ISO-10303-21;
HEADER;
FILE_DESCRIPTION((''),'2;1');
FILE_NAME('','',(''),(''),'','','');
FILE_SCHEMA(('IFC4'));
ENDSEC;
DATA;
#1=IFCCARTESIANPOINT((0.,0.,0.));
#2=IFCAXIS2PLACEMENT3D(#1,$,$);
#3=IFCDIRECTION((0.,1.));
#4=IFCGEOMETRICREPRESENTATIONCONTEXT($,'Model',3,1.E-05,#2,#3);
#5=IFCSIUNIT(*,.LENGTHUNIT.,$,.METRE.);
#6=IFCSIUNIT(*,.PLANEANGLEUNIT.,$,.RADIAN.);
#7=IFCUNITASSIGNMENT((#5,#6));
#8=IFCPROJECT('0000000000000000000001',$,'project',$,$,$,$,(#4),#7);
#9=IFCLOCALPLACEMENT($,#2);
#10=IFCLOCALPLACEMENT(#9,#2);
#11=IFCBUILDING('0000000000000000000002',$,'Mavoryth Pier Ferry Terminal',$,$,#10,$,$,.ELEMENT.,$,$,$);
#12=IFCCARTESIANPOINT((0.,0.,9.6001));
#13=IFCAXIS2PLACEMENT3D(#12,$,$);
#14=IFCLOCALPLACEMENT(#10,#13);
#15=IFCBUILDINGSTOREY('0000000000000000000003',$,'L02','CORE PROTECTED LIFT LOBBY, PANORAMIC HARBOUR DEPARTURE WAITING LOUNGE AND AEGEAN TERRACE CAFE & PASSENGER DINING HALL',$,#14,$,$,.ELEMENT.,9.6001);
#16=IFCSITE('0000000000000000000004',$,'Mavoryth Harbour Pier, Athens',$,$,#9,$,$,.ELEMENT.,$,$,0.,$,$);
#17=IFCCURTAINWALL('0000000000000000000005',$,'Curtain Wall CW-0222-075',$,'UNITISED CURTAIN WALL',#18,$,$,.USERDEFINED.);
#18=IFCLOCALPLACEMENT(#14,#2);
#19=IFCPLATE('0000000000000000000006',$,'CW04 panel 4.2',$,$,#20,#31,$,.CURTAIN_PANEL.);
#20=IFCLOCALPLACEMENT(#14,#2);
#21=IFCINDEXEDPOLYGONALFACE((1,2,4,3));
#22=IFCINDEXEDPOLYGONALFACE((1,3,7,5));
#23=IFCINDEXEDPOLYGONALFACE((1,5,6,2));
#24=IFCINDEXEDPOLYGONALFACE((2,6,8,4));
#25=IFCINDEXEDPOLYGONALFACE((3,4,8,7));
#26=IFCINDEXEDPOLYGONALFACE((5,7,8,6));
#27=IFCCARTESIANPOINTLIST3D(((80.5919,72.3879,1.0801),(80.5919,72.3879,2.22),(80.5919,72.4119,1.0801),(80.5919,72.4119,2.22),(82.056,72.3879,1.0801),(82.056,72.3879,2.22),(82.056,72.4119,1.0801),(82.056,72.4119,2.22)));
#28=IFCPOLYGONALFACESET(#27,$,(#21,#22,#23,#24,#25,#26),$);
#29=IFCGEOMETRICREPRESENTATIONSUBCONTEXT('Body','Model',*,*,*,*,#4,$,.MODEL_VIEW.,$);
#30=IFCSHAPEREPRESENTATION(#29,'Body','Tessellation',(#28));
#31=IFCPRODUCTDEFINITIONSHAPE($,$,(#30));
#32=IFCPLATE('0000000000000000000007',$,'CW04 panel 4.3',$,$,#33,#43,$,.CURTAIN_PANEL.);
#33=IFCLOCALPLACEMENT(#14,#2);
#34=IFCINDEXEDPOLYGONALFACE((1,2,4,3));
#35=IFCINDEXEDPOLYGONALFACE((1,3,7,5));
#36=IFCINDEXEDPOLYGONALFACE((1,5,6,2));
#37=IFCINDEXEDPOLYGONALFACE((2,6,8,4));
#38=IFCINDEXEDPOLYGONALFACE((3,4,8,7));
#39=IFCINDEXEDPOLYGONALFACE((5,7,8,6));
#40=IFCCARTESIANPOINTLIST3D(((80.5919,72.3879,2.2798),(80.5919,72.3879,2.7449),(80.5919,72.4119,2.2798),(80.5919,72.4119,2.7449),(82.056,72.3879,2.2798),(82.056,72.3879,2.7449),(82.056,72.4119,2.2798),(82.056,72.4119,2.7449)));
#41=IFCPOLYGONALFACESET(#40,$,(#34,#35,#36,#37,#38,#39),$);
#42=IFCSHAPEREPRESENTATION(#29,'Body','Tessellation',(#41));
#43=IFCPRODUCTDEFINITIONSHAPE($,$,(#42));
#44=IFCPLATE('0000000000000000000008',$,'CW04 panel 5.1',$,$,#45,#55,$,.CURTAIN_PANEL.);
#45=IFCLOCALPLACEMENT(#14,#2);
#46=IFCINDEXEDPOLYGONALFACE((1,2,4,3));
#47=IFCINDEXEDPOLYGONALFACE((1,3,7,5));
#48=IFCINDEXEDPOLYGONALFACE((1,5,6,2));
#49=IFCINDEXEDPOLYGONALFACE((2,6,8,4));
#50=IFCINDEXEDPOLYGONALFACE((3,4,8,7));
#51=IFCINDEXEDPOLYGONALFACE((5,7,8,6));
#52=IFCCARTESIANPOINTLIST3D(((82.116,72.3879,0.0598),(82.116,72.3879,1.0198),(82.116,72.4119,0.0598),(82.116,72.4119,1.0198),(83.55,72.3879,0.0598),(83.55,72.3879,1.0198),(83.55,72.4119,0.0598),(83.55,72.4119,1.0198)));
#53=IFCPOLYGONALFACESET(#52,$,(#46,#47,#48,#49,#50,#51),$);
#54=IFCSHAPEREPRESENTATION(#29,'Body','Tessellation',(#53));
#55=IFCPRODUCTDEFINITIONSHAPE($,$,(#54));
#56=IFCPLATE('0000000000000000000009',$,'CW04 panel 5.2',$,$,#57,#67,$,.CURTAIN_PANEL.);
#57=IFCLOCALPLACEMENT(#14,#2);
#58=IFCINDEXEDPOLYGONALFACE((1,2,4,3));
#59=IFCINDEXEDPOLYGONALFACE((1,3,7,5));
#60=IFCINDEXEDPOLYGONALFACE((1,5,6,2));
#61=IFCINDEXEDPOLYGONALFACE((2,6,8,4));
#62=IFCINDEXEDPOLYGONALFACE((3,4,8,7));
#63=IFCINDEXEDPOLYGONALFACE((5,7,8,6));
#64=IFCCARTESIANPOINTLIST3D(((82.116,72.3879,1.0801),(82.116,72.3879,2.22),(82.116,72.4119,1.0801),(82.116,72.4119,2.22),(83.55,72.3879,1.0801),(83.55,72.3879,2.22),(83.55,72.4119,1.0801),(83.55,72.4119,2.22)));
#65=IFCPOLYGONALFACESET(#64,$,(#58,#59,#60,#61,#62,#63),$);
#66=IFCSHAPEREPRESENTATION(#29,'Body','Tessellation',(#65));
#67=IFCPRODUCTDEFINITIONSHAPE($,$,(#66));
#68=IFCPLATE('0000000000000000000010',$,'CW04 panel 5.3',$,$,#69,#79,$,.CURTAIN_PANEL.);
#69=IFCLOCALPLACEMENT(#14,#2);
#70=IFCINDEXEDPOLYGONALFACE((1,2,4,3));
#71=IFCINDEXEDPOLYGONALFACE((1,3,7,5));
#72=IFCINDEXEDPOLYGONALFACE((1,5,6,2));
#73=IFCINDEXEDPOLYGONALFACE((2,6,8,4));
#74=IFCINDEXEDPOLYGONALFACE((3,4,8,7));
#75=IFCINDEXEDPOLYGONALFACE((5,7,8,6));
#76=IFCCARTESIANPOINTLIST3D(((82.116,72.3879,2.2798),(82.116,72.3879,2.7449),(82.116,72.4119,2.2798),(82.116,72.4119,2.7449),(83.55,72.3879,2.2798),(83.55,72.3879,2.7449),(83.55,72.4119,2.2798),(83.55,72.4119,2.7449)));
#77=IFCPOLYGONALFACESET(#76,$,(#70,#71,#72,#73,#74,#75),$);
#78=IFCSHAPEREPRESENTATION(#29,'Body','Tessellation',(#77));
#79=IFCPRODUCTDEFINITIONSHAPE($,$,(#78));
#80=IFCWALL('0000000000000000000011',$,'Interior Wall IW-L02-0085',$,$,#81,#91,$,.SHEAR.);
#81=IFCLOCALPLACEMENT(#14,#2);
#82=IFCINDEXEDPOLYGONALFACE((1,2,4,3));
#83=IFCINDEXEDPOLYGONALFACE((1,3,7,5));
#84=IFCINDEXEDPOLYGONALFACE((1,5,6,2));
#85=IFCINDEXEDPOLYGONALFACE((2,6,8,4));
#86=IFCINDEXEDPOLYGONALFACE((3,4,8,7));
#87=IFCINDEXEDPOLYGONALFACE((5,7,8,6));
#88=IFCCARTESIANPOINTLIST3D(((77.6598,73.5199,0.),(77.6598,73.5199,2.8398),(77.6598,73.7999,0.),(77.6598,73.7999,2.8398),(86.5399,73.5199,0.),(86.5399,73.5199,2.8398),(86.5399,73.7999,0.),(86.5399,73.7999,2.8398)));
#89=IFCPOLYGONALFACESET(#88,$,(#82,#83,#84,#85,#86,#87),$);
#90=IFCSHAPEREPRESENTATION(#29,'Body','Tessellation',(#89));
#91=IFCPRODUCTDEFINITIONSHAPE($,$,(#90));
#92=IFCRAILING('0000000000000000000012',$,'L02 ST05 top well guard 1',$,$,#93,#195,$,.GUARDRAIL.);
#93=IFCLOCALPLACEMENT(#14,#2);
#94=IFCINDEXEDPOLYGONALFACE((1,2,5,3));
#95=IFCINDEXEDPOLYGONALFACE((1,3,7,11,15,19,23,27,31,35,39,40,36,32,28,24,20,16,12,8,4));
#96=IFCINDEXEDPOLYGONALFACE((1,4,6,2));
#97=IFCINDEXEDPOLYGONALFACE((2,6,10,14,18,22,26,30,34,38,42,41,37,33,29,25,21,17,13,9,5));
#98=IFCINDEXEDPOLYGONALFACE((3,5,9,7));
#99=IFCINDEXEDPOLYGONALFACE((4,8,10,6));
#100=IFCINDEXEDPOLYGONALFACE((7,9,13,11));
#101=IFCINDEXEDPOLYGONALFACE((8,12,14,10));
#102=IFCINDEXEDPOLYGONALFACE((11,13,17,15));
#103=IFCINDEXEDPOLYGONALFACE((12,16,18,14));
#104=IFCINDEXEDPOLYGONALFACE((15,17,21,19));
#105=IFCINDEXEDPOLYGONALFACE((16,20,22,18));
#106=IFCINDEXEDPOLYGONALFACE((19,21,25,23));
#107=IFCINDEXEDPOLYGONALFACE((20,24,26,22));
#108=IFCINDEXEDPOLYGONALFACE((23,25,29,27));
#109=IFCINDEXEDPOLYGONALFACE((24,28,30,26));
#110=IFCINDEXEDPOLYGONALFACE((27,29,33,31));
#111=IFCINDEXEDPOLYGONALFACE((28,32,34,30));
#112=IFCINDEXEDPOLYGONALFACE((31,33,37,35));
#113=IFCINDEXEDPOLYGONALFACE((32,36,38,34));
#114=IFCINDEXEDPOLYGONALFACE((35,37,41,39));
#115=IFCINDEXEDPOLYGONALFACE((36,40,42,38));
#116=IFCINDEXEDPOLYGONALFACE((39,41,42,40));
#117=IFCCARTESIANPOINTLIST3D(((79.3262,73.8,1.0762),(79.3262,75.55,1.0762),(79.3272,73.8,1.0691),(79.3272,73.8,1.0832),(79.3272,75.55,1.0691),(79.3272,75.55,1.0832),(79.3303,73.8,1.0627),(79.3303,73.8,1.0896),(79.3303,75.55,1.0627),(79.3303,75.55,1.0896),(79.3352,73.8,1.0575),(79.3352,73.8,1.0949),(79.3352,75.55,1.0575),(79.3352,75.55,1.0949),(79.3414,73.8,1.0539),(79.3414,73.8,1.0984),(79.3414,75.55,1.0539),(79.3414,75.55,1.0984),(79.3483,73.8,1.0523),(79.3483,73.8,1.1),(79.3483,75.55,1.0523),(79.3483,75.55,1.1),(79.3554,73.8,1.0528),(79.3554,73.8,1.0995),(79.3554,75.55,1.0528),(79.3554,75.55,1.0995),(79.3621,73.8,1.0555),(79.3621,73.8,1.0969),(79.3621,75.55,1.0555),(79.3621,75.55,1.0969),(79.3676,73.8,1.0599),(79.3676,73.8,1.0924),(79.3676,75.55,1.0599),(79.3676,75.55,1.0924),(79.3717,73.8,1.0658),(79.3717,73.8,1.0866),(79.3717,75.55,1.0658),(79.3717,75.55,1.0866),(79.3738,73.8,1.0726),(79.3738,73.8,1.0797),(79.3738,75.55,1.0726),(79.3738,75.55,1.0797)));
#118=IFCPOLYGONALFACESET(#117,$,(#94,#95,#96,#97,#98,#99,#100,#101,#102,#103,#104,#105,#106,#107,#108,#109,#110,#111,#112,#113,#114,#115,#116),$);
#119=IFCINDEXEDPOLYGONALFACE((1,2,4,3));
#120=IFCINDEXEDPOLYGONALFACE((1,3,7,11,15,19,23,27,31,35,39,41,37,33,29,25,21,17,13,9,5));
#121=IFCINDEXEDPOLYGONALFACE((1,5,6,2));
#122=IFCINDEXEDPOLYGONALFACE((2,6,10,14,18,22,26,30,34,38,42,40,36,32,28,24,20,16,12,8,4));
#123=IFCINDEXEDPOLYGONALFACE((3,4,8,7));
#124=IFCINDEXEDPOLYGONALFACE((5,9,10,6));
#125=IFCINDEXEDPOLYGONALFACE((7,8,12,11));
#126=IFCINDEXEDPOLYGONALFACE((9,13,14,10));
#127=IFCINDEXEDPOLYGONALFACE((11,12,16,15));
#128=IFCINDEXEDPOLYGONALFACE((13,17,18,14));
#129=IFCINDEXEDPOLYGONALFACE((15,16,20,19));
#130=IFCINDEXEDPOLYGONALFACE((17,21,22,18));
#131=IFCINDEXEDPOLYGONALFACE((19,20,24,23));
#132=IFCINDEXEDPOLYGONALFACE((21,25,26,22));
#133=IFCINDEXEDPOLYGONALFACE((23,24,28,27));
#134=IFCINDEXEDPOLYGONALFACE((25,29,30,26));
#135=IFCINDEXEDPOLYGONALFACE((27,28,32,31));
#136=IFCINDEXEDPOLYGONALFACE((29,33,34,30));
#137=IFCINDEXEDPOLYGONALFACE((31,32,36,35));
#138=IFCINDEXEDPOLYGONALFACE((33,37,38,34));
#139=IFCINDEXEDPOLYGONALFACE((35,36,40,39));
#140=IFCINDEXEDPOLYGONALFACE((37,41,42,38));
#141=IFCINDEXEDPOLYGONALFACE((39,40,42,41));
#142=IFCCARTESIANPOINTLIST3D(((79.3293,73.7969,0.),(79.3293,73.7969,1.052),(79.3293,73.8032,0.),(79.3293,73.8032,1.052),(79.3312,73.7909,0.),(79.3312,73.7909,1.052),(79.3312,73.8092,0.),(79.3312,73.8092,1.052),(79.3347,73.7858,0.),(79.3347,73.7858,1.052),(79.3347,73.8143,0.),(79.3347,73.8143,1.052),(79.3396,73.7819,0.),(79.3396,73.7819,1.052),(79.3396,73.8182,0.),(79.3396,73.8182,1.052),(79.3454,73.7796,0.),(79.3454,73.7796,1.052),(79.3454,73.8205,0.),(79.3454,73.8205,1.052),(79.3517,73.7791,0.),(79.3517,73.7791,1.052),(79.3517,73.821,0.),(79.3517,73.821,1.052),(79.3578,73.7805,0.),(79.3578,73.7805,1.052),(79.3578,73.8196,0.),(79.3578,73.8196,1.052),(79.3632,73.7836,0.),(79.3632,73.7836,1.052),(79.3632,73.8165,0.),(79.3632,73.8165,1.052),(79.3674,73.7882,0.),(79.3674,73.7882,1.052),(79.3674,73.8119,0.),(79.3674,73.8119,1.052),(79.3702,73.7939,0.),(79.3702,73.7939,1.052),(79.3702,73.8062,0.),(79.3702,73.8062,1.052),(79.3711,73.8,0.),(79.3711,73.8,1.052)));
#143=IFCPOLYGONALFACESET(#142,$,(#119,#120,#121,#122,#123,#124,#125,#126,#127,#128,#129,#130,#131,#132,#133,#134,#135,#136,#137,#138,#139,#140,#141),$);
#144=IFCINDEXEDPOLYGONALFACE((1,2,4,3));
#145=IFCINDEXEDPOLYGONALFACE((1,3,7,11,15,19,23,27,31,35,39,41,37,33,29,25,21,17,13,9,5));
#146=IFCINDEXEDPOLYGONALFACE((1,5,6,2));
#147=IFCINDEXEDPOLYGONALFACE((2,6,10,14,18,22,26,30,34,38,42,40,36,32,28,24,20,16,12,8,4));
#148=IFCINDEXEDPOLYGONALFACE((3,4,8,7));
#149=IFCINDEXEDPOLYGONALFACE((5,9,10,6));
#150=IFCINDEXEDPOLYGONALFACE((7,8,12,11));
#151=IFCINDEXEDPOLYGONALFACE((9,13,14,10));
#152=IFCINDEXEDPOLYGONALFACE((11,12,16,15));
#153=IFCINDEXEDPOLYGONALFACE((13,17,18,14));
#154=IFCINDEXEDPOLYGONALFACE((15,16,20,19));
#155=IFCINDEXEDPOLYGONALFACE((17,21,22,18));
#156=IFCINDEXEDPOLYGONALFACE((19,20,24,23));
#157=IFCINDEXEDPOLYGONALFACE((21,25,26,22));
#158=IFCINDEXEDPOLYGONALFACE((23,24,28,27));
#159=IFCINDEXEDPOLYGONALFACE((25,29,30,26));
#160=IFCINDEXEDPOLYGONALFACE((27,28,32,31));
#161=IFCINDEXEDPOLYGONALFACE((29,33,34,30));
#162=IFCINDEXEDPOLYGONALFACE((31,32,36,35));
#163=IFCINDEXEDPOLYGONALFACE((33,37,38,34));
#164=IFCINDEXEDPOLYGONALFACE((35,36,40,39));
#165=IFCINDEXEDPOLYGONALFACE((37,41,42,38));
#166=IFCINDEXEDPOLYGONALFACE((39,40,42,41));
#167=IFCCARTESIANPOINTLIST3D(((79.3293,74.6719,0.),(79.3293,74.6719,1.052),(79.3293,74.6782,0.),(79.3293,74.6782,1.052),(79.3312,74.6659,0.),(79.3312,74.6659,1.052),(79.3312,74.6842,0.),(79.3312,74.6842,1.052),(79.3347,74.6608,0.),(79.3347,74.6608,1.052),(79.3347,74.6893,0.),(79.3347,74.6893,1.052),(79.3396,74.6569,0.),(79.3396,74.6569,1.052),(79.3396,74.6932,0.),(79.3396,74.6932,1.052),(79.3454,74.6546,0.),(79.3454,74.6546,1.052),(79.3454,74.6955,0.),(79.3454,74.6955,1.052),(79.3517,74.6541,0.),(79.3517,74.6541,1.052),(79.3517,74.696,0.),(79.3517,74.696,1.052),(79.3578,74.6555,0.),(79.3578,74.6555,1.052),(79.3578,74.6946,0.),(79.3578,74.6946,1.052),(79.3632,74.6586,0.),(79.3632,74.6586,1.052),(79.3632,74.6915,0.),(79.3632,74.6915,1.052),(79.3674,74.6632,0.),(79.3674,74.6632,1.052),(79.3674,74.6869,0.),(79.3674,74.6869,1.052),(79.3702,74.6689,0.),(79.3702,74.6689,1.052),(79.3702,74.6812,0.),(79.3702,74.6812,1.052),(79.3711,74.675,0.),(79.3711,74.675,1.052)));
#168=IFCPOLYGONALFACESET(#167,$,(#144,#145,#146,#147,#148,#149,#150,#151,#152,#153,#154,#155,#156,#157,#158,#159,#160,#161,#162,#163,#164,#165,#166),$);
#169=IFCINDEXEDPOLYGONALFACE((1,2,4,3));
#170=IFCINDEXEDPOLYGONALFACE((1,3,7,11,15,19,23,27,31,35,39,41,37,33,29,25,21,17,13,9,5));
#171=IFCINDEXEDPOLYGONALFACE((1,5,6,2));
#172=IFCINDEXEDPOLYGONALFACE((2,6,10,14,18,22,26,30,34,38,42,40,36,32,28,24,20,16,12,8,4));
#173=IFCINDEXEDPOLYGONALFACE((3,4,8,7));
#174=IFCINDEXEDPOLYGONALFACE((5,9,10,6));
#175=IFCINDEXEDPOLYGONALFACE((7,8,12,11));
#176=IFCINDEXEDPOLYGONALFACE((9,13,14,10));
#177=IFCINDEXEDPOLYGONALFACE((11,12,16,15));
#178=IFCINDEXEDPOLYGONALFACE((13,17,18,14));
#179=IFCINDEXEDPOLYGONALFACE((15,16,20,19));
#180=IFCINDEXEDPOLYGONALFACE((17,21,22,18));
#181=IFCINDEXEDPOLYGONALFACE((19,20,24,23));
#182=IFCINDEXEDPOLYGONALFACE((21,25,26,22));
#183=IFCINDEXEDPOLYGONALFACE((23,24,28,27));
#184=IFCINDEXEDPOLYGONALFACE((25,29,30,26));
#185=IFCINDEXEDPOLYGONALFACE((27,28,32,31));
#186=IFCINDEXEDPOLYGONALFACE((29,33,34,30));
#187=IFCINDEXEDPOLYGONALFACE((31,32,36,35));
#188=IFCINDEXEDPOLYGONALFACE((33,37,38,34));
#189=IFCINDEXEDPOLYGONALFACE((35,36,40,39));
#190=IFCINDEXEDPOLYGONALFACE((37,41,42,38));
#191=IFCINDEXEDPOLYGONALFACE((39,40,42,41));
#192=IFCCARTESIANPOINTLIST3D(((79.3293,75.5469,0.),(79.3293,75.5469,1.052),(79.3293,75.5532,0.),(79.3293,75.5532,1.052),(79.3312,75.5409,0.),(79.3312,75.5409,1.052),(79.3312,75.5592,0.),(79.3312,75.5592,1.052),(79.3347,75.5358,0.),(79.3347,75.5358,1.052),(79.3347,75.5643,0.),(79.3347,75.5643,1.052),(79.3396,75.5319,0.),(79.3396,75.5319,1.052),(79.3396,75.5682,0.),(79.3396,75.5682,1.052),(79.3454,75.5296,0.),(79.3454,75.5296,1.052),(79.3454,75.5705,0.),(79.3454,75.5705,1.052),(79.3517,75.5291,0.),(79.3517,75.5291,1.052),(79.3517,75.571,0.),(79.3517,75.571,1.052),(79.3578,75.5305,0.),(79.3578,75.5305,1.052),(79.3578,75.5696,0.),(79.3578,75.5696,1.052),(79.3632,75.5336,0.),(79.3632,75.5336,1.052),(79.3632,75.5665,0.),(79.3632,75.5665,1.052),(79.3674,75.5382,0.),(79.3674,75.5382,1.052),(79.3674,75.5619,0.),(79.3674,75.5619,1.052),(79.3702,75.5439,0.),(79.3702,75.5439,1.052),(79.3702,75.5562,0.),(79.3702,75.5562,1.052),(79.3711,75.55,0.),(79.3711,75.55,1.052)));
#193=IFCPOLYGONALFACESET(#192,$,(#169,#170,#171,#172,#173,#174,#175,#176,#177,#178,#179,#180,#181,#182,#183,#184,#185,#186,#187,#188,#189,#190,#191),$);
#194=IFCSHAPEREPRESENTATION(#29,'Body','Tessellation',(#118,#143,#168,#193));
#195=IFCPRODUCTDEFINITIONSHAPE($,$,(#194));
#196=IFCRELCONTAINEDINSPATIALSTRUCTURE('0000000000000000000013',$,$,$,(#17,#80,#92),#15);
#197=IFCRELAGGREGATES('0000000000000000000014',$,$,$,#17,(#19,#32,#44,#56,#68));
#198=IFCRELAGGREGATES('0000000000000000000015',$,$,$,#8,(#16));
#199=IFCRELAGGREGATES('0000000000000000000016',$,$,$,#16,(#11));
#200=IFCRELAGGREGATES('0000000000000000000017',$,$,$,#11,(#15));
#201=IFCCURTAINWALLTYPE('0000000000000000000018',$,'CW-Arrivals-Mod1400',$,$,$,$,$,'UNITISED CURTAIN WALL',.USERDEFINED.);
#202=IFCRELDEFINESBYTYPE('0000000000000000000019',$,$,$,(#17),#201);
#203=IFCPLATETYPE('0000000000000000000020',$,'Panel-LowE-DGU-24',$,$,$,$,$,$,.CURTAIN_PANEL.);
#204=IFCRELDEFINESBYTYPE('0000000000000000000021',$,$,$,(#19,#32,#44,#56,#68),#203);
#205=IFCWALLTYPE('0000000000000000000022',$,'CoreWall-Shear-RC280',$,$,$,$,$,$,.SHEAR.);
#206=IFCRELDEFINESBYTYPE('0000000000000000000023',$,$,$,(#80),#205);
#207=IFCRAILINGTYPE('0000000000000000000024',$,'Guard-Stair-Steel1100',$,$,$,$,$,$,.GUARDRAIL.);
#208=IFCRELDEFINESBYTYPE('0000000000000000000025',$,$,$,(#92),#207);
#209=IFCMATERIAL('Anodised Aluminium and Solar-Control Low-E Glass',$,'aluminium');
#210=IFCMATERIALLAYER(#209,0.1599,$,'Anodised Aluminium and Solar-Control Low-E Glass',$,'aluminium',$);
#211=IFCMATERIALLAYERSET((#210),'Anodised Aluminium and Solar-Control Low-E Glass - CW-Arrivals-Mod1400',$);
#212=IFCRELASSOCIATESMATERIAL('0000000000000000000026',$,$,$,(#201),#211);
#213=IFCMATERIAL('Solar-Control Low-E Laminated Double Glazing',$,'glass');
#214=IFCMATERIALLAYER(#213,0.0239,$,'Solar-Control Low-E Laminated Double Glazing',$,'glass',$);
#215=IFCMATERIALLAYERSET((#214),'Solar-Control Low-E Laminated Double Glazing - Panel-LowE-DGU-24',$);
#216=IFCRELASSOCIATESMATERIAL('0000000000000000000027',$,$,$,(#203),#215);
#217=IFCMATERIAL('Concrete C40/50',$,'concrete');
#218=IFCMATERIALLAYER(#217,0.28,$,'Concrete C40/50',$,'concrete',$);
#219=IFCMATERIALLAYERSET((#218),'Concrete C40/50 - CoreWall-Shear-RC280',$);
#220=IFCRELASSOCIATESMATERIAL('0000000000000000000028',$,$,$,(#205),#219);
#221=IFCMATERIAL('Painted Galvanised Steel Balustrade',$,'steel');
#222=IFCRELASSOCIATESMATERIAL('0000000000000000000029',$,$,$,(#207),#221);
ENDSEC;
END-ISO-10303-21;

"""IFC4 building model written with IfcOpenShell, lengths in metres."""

from ifc_helpers import new_model, si_unit, direction, frame, frame_2d, origin, origin_2d, place, context, subcontext, project, spatial, rectangle, circle, extrude, material, layer, layer_set, type_object, element, aggregate, save


model = new_model("IFC4")

# Units and contexts
model_context = context("Model", 3, precision=1e-05, world=origin(), true_north=direction((0.0, 1.0)))
body_context = subcontext(model_context, "Body", "Model", "MODEL_VIEW")
ifc_project = project(units=[si_unit("LENGTHUNIT", "METRE"), si_unit("PLANEANGLEUNIT", "RADIAN")], contexts=[model_context])

# Site, building, storey
site_placement = place(None, origin())
site = spatial("IfcSite", under=ifc_project, at=site_placement, Name="Mavoryth Harbour Pier, Athens", CompositionType="ELEMENT", RefElevation=0.0)
building_placement = place(site_placement, origin())
building = spatial("IfcBuilding", under=site, at=building_placement, Name="Mavoryth Pier Ferry Terminal", CompositionType="ELEMENT")
storey_placement = place(building_placement, frame((0.0, 0.0, 9.6001)))
storey = spatial("IfcBuildingStorey", under=building, at=storey_placement, Name="L02", Description="CORE PROTECTED LIFT LOBBY, PANORAMIC HARBOUR DEPARTURE WAITING LOUNGE AND AEGEAN TERRACE CAFE & PASSENGER DINING HALL", CompositionType="ELEMENT", Elevation=9.6001)

# Shared definitions
ifc_material_1 = material(Name="Concrete C40/50", Category="concrete")

# Curtain wall, plates
ifc_material_2 = material(Name="Anodised Aluminium and Solar-Control Low-E Glass", Category="aluminium")
ifc_layer_1 = layer(ifc_material_2, 0.1599, Name="Anodised Aluminium and Solar-Control Low-E Glass", Category="aluminium")
ifc_layer_set_1 = layer_set([ifc_layer_1], Name="Anodised Aluminium and Solar-Control Low-E Glass - CW-Arrivals-Mod1400")
curtain_wall_type = type_object("IfcCurtainWallType", Name="CW-Arrivals-Mod1400", ElementType="UNITISED CURTAIN WALL", PredefinedType="USERDEFINED", material=ifc_layer_set_1)
curtain_wall_placement = place(storey_placement, origin())
curtain_wall = element("IfcCurtainWall", 1, at=curtain_wall_placement, inside=storey, type_object=curtain_wall_type, Name="Curtain Wall CW-0222-075", ObjectType="UNITISED CURTAIN WALL", PredefinedType="USERDEFINED")
ifc_material_3 = material(Name="Solar-Control Low-E Laminated Double Glazing", Category="glass")
ifc_layer_2 = layer(ifc_material_3, 0.0239, Name="Solar-Control Low-E Laminated Double Glazing", Category="glass")
ifc_layer_set_2 = layer_set([ifc_layer_2], Name="Solar-Control Low-E Laminated Double Glazing - Panel-LowE-DGU-24")
plate_type = type_object("IfcPlateType", Name="Panel-LowE-DGU-24", PredefinedType="CURTAIN_PANEL", material=ifc_layer_set_2)
plate_1_placement = place(storey_placement, frame((81.324, 72.3999, 1.0801), z_axis=(0.0, 0.0, 1.0), x_axis=(1.0, 0.0, 0.0)))
plate_1 = element("IfcPlate", 2, at=plate_1_placement, type_object=plate_type, Name="CW04 panel 4.2", PredefinedType="CURTAIN_PANEL", context=body_context, shape_type="SweptSolid", body=[
    extrude(rectangle(XDim=1.4641, YDim=0.0239, at=origin_2d()), origin(), (0.0, 0.0, 1.0), 1.1399),
])
plate_2_placement = place(storey_placement, frame((81.324, 72.3999, 2.2798), z_axis=(0.0, 0.0, 1.0), x_axis=(1.0, 0.0, 0.0)))
plate_2 = element("IfcPlate", 3, at=plate_2_placement, type_object=plate_type, Name="CW04 panel 4.3", PredefinedType="CURTAIN_PANEL", context=body_context, shape_type="SweptSolid", body=[
    extrude(rectangle(XDim=1.4641, YDim=0.0239, at=origin_2d()), origin(), (0.0, 0.0, 1.0), 0.4651),
])
plate_3_placement = place(storey_placement, frame((82.833, 72.3999, 0.0598), z_axis=(0.0, 0.0, 1.0), x_axis=(1.0, 0.0, 0.0)))
plate_3 = element("IfcPlate", 4, at=plate_3_placement, type_object=plate_type, Name="CW04 panel 5.1", PredefinedType="CURTAIN_PANEL", context=body_context, shape_type="SweptSolid", body=[
    extrude(rectangle(XDim=1.4341, YDim=0.0239, at=origin_2d()), origin(), (0.0, 0.0, 1.0), 0.96),
])
plate_4_placement = place(storey_placement, frame((82.833, 72.3999, 1.0801), z_axis=(0.0, 0.0, 1.0), x_axis=(1.0, 0.0, 0.0)))
plate_4 = element("IfcPlate", 5, at=plate_4_placement, type_object=plate_type, Name="CW04 panel 5.2", PredefinedType="CURTAIN_PANEL", context=body_context, shape_type="SweptSolid", body=[
    extrude(rectangle(XDim=1.4341, YDim=0.0239, at=origin_2d()), origin(), (0.0, 0.0, 1.0), 1.1399),
])
plate_5_placement = place(storey_placement, frame((82.833, 72.3999, 2.2798), z_axis=(0.0, 0.0, 1.0), x_axis=(1.0, 0.0, 0.0)))
plate_5 = element("IfcPlate", 6, at=plate_5_placement, type_object=plate_type, Name="CW04 panel 5.3", PredefinedType="CURTAIN_PANEL", context=body_context, shape_type="SweptSolid", body=[
    extrude(rectangle(XDim=1.4341, YDim=0.0239, at=origin_2d()), origin(), (0.0, 0.0, 1.0), 0.4651),
])
aggregate(curtain_wall, [plate_1, plate_2, plate_3, plate_4, plate_5])

# Wall
ifc_layer_3 = layer(ifc_material_1, 0.28, Name="Concrete C40/50", Category="concrete")
ifc_layer_set_3 = layer_set([ifc_layer_3], Name="Concrete C40/50 - CoreWall-Shear-RC280")
wall_type = type_object("IfcWallType", Name="CoreWall-Shear-RC280", PredefinedType="SHEAR", material=ifc_layer_set_3)
wall_placement = place(storey_placement, frame((77.6599, 73.6599, 0.0), z_axis=(0.0, 0.0, 1.0), x_axis=(1.0, 0.0, 0.0)))
element("IfcWall", 7, at=wall_placement, inside=storey, type_object=wall_type, Name="Interior Wall IW-L02-0085", PredefinedType="SHEAR", context=body_context, shape_type="SweptSolid", body=[
    extrude(rectangle(XDim=8.8801, YDim=0.28, at=frame_2d((4.4399, 0.0))), origin(), (0.0, 0.0, 1.0), 2.8398),
])

# Railing
ifc_material_4 = material(Name="Painted Galvanised Steel Balustrade", Category="steel")
railing_type = type_object("IfcRailingType", Name="Guard-Stair-Steel1100", PredefinedType="GUARDRAIL", material=ifc_material_4)
railing_placement = place(storey_placement, frame((79.3501, 73.8, 0.0)))
element("IfcRailing", 8, at=railing_placement, inside=storey, type_object=railing_type, Name="L02 ST05 top well guard 1", PredefinedType="GUARDRAIL", context=body_context, shape_type="SweptSolid", body=[
    extrude(circle(Radius=0.0239, at=origin_2d()), frame((0.0, 0.0, 1.0762), z_axis=(0.0, 1.0, 0.0), x_axis=(-1.0, 0.0, 0.0)), (0.0, 0.0, 1.0), 1.75),
    extrude(circle(Radius=0.021, at=origin_2d()), origin(), (0.0, 0.0, 1.0), 1.052),
    extrude(circle(Radius=0.021, at=origin_2d()), frame((0.0, 0.875, 0.0)), (0.0, 0.0, 1.0), 1.052),
    extrude(circle(Radius=0.021, at=origin_2d()), frame((0.0, 1.75, 0.0)), (0.0, 0.0, 1.0), 1.052),
])

save(model, "model.ifc")
